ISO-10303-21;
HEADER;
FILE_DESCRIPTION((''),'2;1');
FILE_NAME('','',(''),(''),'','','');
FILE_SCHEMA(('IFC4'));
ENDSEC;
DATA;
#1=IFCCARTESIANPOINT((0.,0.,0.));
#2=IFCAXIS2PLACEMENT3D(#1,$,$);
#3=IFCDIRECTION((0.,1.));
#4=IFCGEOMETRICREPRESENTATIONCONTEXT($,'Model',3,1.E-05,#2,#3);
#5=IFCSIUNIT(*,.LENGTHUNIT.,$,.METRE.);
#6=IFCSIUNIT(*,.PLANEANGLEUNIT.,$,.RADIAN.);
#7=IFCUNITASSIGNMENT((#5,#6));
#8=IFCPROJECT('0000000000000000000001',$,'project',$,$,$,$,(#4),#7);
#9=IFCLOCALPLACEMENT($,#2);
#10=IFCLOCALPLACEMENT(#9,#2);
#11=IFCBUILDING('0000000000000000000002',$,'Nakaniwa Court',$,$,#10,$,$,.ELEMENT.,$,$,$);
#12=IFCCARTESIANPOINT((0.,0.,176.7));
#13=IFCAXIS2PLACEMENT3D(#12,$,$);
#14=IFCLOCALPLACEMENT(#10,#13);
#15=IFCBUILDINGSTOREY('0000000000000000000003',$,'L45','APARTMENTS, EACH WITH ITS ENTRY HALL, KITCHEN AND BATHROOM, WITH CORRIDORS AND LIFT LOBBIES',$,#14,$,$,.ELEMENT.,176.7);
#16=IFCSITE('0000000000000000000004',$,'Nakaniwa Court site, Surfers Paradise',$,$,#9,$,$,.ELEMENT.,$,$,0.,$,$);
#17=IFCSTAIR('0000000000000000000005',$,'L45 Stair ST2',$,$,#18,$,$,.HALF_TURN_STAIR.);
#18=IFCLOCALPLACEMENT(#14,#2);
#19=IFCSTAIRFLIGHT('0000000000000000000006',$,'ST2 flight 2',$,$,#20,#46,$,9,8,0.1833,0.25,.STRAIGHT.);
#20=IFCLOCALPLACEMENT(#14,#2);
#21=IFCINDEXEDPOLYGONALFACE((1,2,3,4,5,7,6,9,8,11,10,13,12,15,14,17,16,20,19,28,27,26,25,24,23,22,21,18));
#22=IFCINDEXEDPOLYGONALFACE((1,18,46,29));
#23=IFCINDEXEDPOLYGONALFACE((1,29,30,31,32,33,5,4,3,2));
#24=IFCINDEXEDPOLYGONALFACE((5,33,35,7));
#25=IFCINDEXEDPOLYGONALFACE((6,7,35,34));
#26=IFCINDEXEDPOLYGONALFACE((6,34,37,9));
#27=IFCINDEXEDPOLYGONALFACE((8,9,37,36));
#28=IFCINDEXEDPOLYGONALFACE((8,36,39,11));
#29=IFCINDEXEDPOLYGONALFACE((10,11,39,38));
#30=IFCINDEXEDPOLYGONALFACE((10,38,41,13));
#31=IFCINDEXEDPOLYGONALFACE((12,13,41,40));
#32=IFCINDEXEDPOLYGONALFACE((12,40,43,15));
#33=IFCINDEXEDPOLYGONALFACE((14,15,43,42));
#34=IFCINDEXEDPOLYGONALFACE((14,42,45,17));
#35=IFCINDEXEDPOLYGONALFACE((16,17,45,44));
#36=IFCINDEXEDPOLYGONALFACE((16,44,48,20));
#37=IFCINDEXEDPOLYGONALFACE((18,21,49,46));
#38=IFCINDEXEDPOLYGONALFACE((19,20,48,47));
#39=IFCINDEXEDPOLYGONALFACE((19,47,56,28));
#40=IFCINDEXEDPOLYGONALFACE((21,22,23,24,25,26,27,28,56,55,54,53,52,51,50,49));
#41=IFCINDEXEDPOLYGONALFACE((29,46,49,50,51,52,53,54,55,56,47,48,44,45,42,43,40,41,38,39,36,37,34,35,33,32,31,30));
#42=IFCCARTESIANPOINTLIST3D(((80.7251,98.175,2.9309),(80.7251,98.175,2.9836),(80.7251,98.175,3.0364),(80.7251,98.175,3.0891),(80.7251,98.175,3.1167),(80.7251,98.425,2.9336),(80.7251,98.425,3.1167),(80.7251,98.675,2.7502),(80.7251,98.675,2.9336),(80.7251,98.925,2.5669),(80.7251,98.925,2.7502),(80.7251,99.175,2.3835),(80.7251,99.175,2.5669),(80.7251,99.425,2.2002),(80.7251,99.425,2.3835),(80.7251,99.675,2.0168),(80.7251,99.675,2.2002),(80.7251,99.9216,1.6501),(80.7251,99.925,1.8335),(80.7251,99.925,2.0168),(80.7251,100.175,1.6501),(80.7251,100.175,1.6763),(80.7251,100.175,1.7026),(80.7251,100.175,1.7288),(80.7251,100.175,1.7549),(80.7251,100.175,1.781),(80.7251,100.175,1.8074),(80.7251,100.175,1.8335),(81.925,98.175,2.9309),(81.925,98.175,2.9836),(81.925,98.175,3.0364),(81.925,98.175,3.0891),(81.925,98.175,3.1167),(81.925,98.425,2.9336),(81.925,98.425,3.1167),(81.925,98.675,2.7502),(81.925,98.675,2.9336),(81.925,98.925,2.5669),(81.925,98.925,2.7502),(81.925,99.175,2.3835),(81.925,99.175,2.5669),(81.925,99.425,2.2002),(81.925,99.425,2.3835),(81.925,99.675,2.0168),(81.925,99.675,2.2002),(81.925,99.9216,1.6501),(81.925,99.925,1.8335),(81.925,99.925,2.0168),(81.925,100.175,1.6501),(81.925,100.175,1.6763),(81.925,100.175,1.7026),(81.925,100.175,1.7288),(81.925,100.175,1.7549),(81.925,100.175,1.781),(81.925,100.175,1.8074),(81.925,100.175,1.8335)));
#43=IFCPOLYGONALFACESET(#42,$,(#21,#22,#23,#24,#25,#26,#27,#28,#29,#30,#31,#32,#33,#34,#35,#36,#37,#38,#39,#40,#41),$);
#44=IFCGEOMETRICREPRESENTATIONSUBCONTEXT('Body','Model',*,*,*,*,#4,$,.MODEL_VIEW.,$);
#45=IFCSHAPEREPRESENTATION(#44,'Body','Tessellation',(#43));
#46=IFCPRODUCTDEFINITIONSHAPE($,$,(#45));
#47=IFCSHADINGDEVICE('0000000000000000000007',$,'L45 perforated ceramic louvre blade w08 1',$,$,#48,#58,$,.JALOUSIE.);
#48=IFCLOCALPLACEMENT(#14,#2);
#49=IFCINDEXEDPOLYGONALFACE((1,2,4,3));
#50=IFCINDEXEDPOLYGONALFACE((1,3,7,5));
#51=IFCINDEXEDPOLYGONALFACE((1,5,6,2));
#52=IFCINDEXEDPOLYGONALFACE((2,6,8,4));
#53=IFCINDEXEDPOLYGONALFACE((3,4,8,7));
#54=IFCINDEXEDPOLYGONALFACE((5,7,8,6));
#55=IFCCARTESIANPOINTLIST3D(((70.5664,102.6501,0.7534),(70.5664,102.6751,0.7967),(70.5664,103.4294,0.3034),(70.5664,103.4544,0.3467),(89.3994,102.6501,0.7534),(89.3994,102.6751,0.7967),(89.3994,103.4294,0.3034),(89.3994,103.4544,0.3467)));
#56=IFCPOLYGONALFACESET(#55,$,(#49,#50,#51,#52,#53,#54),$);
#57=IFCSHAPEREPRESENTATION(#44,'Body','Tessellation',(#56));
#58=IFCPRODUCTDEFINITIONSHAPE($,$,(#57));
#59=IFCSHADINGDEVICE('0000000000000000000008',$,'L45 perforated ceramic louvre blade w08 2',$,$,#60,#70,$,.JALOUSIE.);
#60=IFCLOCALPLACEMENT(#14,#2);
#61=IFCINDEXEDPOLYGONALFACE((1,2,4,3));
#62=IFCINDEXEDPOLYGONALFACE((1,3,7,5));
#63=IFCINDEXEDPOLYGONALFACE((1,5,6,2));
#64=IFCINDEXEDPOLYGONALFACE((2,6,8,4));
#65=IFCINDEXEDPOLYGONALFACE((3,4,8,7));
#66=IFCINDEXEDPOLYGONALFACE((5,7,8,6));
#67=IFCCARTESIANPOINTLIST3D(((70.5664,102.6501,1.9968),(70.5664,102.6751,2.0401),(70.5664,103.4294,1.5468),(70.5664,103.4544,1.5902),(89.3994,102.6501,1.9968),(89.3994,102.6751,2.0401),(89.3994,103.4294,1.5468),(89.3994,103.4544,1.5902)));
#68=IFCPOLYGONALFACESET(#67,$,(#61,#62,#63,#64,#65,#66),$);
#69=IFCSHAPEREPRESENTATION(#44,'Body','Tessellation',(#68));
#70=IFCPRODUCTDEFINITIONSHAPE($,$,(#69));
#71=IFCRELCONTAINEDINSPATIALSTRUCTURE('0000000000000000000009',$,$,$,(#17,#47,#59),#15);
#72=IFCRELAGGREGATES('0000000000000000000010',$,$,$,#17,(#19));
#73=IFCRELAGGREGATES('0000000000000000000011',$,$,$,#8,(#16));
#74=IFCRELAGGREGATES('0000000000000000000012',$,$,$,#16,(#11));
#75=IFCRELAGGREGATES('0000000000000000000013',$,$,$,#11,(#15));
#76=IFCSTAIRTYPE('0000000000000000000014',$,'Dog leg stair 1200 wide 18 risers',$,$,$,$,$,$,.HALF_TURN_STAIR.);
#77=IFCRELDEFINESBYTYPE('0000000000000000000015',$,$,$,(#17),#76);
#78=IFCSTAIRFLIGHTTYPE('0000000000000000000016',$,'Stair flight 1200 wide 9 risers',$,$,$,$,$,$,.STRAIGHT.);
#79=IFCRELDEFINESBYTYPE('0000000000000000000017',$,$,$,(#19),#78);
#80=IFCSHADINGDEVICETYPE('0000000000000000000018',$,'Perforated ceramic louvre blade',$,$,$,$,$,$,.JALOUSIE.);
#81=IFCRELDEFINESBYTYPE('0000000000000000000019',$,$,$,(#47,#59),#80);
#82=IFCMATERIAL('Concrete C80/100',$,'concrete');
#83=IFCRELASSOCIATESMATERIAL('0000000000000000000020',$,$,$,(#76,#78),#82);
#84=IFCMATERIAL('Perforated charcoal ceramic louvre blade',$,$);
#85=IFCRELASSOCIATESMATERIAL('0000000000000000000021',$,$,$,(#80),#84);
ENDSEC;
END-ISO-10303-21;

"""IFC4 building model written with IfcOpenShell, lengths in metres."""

from ifc_helpers import new_model, si_unit, direction, frame, origin, origin_2d, place, context, subcontext, project, spatial, polyline, rectangle, outline, extrude, material, material_profile, profile_set, type_object, element, aggregate, save


model = new_model("IFC4")

# Units and contexts
model_context = context("Model", 3, precision=1e-05, world=origin(), true_north=direction((0.0, 1.0)))
body_context = subcontext(model_context, "Body", "Model", "MODEL_VIEW")
ifc_project = project(units=[si_unit("LENGTHUNIT", "METRE"), si_unit("PLANEANGLEUNIT", "RADIAN")], contexts=[model_context])

# Site, building, storey
site_placement = place(None, origin())
site = spatial("IfcSite", under=ifc_project, at=site_placement, Name="Nakaniwa Court site, Surfers Paradise", CompositionType="ELEMENT", RefElevation=0.0)
building_placement = place(site_placement, origin())
building = spatial("IfcBuilding", under=site, at=building_placement, Name="Nakaniwa Court", CompositionType="ELEMENT")
storey_placement = place(building_placement, frame((0.0, 0.0, 176.7)))
storey = spatial("IfcBuildingStorey", under=building, at=storey_placement, Name="L45", Description="APARTMENTS, EACH WITH ITS ENTRY HALL, KITCHEN AND BATHROOM, WITH CORRIDORS AND LIFT LOBBIES", CompositionType="ELEMENT", Elevation=176.7)

# Shared definitions
ifc_material_1 = material(Name="Concrete C80/100", Category="concrete")

# Stair, stair flight
stair_type = type_object("IfcStairType", Name="Dog leg stair 1200 wide 18 risers", PredefinedType="HALF_TURN_STAIR", material=ifc_material_1)
stair_placement = place(storey_placement, origin())
stair = element("IfcStair", 1, at=stair_placement, inside=storey, type_object=stair_type, Name="L45 Stair ST2", PredefinedType="HALF_TURN_STAIR")
stair_flight_type = type_object("IfcStairFlightType", Name="Stair flight 1200 wide 9 risers", PredefinedType="STRAIGHT", material=ifc_material_1)
stair_flight_1_placement = place(storey_placement, frame((81.325, 100.175, 1.6501), z_axis=(0.0, 0.0, 1.0), x_axis=(0.0, -1.0, 0.0)))
stair_flight_1 = element("IfcStairFlight", 2, at=stair_flight_1_placement, type_object=stair_flight_type, Name="ST2 flight 2", NumberOfRisers=9, NumberOfTreads=8, PredefinedType="STRAIGHT", RiserHeight=0.1833, TreadLength=0.25, context=body_context, shape_type="SweptSolid", body=[
    extrude(outline(polyline([(0.0, 0.0), (0.0, 0.0261), (0.0, 0.0525), (0.0, 0.0786), (0.0, 0.1047), (0.0, 0.1309), (0.0, 0.1572), (0.0, 0.1833), (0.25, 0.1833), (0.25, 0.3667), (0.5, 0.3667), (0.5, 0.55), (0.75, 0.55), (0.75, 0.7334), (1.0, 0.7334), (1.0, 0.9167), (1.25, 0.9167), (1.25, 1.1001), (1.5, 1.1001), (1.5, 1.2834), (1.75, 1.2834), (1.75, 1.4666), (2.0, 1.4666), (2.0, 1.6499), (2.0, 1.5972), (2.0, 1.5444), (2.0, 1.4917), (2.0, 1.439), (2.0, 1.3862), (2.0, 1.3335), (2.0, 1.2808), (0.2534, 0.0), (0.0, 0.0)])), frame((0.0, 0.6001, 0.0), z_axis=(0.0, -1.0, 0.0), x_axis=(1.0, 0.0, 0.0)), (0.0, 0.0, 1.0), 1.2),
])
aggregate(stair, [stair_flight_1])

# Shading devices
ifc_material_2 = material(Name="Perforated charcoal ceramic louvre blade")
ifc_material_profile = material_profile(ifc_material_2, rectangle(XDim=0.8999, YDim=0.05, at=origin_2d()), Name="Perforated ceramic louvre blade")
ifc_profile_set = profile_set([ifc_material_profile], Name="Perforated charcoal ceramic louvre blade")
shading_device_type = type_object("IfcShadingDeviceType", Name="Perforated ceramic louvre blade", PredefinedType="JALOUSIE", material=ifc_profile_set)
for number, where, z_axis, x_axis, name in (
    (3, (89.3994, 103.0522, 0.55), (-1.0, 0.0, 0.0), (0.0, -0.866025, 0.5), "L45 perforated ceramic louvre blade w08 1"),
    (4, (89.3994, 103.0522, 1.7935), (-1.0, 0.0, 0.0), (0.0, -0.866025, 0.5), "L45 perforated ceramic louvre blade w08 2"),
):
    element("IfcShadingDevice", number, at=place(storey_placement, frame(where, z_axis=z_axis, x_axis=x_axis)), inside=storey, type_object=shading_device_type, Name=name, PredefinedType="JALOUSIE", context=body_context, shape_type="SweptSolid", body=[
        extrude(rectangle(XDim=0.8999, YDim=0.05, at=origin_2d()), origin(), (0.0, 0.0, 1.0), 18.833),
    ])

save(model, "model.ifc")
